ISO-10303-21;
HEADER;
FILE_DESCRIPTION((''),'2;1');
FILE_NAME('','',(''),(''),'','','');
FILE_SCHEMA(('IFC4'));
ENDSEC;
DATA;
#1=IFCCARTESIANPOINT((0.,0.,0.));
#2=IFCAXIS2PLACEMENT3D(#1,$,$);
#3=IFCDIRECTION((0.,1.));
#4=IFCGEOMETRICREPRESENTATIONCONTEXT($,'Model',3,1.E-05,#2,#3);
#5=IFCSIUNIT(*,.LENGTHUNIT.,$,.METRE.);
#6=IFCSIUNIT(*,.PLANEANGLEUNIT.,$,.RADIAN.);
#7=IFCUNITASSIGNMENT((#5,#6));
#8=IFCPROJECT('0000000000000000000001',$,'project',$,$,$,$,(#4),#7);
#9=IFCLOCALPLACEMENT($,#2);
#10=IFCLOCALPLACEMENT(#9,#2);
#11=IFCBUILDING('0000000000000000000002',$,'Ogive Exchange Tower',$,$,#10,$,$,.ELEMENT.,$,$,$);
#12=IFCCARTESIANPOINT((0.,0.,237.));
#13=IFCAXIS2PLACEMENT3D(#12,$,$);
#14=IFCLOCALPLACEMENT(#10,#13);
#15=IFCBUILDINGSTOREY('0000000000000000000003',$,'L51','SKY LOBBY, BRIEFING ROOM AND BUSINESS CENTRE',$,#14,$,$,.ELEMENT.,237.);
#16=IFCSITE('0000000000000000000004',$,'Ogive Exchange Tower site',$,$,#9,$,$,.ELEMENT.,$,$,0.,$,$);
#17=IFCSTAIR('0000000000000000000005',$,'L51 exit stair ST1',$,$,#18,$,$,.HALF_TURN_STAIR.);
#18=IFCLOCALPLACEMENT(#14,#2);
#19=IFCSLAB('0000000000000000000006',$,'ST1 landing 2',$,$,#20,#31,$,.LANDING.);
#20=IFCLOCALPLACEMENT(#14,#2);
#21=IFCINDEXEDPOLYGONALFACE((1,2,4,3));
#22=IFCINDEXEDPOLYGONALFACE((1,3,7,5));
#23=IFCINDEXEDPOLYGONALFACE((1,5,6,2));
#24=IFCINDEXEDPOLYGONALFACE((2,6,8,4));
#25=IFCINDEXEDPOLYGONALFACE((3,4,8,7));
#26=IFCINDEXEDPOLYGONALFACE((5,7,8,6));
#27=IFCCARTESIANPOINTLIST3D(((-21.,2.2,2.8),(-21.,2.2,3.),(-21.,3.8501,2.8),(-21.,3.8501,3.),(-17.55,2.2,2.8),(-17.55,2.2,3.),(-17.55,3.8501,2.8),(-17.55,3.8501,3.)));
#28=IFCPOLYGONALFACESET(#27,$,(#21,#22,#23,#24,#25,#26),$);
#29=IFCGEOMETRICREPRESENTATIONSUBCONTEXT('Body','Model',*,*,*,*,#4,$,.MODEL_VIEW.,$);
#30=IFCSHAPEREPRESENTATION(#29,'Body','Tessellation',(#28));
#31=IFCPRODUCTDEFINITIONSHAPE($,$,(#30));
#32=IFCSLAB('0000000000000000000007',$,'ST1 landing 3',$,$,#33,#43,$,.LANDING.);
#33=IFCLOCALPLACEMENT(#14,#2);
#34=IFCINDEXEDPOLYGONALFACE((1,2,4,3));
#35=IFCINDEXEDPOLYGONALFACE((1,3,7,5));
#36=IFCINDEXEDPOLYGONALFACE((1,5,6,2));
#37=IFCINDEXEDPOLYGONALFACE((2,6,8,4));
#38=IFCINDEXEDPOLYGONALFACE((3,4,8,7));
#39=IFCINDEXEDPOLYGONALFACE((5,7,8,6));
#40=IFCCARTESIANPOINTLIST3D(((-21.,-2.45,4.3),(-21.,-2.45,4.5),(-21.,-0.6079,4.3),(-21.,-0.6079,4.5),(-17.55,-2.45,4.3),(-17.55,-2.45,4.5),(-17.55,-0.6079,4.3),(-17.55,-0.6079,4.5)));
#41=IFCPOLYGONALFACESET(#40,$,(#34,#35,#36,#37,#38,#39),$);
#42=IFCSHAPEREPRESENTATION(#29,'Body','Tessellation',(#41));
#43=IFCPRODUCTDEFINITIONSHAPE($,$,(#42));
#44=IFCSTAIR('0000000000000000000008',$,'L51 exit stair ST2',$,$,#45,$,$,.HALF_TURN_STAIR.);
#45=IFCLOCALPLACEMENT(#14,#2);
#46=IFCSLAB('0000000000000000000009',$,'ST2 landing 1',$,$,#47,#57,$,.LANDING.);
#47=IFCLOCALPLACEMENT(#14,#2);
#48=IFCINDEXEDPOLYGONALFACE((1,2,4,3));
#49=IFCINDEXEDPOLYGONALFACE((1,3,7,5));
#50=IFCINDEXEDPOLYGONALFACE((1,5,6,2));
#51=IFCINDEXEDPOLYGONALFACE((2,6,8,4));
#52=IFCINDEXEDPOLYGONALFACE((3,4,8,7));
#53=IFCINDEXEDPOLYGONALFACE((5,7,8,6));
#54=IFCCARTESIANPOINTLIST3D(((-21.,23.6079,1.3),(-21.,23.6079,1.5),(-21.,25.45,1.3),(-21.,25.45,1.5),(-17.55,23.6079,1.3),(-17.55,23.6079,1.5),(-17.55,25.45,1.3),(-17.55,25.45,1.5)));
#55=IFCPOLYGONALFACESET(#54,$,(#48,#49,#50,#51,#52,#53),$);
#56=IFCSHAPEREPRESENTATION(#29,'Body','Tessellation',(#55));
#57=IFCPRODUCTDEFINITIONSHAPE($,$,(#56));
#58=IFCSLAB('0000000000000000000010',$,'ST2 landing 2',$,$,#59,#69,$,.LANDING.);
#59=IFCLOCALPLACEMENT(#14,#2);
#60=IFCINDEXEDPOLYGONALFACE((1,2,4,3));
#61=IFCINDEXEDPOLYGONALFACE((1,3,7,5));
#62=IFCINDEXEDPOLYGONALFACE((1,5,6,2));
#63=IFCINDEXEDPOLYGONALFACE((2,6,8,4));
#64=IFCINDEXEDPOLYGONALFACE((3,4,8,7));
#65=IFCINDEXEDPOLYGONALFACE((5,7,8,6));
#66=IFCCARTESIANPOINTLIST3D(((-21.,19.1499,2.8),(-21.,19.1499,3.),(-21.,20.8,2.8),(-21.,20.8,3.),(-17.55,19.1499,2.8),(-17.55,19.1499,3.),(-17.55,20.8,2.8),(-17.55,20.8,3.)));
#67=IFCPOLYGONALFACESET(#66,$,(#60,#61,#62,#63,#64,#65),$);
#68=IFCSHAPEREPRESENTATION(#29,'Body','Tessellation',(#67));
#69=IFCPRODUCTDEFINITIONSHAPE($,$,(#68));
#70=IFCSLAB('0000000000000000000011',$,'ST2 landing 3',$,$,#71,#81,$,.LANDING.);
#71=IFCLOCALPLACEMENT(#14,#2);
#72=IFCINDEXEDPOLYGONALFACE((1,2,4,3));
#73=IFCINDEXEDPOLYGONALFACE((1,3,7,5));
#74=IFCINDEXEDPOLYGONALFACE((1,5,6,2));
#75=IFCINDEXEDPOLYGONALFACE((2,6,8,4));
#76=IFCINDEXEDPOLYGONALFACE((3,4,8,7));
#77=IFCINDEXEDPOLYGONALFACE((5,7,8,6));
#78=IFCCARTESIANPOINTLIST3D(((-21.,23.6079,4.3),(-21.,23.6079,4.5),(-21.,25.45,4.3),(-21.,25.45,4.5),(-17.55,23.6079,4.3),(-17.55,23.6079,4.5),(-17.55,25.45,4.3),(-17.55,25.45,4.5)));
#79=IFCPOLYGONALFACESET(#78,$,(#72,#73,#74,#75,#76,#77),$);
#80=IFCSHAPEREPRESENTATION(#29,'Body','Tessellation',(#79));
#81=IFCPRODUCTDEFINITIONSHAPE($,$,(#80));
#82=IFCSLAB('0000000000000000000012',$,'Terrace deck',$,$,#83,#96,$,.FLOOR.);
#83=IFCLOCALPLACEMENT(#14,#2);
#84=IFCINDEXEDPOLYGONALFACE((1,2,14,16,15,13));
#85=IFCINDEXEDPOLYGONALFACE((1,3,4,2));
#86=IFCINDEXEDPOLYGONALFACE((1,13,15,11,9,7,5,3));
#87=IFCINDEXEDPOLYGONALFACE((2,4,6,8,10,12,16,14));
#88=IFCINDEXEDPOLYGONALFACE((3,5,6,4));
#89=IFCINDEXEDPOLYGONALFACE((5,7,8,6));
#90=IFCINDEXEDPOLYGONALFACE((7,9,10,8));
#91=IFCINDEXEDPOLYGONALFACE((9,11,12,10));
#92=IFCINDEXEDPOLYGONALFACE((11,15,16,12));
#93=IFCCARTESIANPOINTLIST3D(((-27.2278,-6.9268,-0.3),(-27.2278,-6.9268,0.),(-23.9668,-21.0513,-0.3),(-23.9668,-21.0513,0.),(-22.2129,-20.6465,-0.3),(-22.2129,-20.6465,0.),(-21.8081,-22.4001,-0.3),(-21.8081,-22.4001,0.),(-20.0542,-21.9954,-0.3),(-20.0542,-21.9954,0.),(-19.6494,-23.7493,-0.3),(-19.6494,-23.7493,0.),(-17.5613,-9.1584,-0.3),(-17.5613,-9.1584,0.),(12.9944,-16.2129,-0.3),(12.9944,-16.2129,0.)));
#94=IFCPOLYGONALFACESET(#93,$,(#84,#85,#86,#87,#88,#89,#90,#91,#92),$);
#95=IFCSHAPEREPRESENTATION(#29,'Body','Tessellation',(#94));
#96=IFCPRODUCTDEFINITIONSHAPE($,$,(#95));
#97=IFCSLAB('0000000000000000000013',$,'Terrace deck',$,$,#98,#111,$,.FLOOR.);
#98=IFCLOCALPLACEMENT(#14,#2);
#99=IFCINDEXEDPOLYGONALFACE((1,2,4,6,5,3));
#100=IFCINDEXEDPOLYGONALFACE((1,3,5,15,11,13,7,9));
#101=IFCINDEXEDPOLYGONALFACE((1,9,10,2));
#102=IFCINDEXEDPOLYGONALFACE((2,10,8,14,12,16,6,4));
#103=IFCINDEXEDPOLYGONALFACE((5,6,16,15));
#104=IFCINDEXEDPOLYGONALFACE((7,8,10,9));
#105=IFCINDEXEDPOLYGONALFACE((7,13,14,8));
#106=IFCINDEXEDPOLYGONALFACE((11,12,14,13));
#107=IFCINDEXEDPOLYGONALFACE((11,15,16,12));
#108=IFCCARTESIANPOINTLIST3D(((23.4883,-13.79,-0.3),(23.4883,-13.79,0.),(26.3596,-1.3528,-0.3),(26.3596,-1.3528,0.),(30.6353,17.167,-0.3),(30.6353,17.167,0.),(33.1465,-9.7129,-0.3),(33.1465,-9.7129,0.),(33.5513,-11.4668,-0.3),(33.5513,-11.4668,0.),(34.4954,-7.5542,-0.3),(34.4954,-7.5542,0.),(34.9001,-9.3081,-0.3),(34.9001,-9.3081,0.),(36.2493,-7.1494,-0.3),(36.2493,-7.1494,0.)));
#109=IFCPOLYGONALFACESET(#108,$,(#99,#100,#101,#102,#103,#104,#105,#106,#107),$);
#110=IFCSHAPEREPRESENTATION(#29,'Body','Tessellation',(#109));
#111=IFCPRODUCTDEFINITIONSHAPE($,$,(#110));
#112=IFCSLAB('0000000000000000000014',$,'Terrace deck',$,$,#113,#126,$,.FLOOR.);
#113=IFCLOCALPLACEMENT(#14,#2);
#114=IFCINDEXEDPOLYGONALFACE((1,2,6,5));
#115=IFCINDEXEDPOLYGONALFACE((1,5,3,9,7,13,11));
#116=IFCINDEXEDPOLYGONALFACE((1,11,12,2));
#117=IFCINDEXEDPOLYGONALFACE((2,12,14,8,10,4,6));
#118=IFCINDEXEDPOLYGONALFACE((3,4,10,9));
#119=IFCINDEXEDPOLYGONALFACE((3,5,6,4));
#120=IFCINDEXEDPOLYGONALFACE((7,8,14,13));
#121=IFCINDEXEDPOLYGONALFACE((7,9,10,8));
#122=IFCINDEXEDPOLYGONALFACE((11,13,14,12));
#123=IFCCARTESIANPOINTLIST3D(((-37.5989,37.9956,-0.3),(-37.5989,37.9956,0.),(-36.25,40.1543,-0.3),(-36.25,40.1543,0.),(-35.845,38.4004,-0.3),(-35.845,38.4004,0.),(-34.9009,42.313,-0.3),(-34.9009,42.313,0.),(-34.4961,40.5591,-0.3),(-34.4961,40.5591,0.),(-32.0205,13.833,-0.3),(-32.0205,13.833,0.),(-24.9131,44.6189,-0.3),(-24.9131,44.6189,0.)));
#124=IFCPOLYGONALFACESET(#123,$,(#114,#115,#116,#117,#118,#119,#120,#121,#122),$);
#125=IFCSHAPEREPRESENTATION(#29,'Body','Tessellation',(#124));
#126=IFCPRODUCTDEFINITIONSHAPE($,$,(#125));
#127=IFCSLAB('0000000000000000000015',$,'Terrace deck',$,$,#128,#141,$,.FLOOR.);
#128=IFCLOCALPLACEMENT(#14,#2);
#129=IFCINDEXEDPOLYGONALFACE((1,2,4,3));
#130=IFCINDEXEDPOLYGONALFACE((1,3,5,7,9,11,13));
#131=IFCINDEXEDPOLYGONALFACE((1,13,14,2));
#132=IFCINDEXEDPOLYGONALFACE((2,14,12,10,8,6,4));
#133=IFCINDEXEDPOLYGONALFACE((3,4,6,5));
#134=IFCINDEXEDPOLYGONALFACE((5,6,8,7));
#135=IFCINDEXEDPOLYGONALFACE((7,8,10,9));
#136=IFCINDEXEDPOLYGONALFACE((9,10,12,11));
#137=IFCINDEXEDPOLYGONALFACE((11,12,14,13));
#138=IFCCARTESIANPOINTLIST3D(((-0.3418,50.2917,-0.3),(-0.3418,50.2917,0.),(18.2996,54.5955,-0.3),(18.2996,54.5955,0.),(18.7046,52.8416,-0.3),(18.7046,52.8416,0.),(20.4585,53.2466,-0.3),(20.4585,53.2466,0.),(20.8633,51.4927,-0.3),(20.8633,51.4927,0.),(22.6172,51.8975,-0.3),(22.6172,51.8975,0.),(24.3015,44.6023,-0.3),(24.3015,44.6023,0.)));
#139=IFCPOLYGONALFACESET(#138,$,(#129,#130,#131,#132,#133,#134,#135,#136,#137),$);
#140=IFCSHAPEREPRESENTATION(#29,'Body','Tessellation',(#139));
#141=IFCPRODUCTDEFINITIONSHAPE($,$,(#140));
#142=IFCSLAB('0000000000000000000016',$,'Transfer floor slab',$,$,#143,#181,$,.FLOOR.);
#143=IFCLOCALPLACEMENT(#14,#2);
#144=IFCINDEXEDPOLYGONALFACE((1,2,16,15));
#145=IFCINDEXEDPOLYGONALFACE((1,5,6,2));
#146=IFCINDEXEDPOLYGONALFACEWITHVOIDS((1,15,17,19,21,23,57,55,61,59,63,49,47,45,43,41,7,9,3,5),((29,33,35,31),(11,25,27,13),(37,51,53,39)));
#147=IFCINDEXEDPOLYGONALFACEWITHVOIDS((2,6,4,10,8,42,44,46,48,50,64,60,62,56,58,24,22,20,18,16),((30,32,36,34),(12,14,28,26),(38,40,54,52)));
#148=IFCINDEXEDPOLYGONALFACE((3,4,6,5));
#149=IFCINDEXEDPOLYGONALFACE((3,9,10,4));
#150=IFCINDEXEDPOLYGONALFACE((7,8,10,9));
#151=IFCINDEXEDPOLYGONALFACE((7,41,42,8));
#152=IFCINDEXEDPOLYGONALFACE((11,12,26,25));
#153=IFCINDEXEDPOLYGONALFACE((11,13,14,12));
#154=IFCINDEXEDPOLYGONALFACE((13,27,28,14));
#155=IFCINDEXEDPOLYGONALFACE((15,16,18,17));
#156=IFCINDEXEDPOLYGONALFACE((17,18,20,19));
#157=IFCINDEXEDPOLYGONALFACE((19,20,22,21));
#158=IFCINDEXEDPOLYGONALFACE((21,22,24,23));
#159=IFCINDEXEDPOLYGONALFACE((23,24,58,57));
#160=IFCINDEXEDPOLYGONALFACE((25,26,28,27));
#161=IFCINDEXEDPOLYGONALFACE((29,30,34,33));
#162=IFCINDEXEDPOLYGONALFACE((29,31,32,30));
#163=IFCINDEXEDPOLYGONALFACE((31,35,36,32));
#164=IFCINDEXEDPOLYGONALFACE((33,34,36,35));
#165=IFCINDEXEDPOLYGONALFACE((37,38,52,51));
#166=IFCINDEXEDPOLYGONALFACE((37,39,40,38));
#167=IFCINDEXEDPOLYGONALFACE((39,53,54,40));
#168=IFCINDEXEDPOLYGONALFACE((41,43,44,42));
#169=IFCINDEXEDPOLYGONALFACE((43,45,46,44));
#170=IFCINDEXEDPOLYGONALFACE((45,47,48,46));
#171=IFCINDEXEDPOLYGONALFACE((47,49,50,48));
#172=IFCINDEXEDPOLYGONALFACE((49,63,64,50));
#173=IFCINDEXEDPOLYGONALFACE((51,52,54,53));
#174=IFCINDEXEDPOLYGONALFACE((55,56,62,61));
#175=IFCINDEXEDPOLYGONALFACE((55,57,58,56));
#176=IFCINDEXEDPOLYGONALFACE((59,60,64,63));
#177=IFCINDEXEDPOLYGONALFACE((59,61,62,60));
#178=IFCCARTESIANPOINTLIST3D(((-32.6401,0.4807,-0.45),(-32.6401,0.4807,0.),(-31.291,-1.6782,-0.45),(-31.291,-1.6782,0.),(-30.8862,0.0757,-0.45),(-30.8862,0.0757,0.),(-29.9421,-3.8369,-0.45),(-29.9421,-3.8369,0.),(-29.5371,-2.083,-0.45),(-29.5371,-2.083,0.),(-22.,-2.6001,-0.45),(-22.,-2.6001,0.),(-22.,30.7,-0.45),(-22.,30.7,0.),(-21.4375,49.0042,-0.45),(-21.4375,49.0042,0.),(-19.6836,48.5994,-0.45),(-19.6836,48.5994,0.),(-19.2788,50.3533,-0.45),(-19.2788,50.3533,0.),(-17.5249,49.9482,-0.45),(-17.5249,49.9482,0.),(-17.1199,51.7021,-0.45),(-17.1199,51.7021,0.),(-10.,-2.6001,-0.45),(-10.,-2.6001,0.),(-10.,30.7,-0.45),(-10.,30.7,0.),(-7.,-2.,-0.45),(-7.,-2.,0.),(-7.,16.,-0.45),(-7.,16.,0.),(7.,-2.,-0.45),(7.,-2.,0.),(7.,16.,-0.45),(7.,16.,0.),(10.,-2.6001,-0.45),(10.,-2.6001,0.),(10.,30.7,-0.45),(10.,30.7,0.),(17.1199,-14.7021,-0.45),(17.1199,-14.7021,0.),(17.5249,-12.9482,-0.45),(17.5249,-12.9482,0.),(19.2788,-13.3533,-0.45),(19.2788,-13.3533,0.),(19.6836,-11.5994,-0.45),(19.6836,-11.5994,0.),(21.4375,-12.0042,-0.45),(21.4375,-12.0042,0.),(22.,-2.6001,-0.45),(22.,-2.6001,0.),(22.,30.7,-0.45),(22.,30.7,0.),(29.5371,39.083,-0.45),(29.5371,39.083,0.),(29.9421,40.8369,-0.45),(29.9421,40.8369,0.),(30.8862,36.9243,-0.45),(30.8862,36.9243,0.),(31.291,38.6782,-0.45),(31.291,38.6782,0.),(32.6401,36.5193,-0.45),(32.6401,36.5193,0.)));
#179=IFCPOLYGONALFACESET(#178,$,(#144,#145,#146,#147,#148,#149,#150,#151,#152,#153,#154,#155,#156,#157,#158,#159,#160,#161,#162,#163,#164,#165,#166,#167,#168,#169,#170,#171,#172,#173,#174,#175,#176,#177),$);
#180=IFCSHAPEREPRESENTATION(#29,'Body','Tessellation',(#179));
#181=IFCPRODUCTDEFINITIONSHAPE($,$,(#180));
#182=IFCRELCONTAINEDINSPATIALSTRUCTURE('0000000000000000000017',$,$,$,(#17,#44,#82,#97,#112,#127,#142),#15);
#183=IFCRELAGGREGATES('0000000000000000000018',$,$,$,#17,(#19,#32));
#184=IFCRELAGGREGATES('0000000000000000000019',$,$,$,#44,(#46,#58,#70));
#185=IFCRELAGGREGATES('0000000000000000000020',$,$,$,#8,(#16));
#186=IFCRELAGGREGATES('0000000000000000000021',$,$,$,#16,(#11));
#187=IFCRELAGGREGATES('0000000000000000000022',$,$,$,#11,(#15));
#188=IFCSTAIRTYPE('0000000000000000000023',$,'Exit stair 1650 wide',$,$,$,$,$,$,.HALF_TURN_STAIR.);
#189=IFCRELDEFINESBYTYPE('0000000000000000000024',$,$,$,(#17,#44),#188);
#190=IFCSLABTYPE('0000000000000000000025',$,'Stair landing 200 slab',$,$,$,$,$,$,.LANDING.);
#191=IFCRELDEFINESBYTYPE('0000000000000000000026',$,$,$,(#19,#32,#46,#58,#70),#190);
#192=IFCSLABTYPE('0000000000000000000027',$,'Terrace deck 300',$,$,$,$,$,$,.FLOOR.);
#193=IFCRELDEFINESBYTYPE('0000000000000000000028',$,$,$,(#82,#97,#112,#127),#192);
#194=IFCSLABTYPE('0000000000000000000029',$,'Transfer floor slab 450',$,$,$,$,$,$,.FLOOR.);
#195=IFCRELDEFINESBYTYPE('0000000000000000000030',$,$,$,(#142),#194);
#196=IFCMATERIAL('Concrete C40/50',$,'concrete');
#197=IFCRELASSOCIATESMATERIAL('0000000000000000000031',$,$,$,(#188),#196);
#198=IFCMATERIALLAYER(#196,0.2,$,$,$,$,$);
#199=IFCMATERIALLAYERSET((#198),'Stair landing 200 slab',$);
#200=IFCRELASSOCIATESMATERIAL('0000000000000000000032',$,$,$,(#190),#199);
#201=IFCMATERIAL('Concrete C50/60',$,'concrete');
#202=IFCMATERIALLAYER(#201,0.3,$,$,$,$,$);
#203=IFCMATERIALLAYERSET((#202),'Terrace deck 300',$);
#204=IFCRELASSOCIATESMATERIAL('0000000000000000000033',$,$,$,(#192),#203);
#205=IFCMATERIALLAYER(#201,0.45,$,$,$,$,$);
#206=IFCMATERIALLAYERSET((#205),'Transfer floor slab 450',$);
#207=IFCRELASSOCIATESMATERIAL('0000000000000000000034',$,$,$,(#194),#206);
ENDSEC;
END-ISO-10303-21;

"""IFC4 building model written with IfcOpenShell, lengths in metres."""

from ifc_helpers import new_model, si_unit, direction, frame, origin, place, context, subcontext, project, spatial, polyline, outline, extrude, material, layer, layer_set, type_object, element, aggregate, save


model = new_model("IFC4")

# Units and contexts
model_context = context("Model", 3, precision=1e-05, world=origin(), true_north=direction((0.0, 1.0)))
body_context = subcontext(model_context, "Body", "Model", "MODEL_VIEW")
ifc_project = project(units=[si_unit("LENGTHUNIT", "METRE"), si_unit("PLANEANGLEUNIT", "RADIAN")], contexts=[model_context])

# Site, building, storey
site_placement = place(None, origin())
site = spatial("IfcSite", under=ifc_project, at=site_placement, Name="Ogive Exchange Tower site", CompositionType="ELEMENT", RefElevation=0.0)
building_placement = place(site_placement, origin())
building = spatial("IfcBuilding", under=site, at=building_placement, Name="Ogive Exchange Tower", CompositionType="ELEMENT")
storey_placement = place(building_placement, frame((0.0, 0.0, 237.0)))
storey = spatial("IfcBuildingStorey", under=building, at=storey_placement, Name="L51", Description="SKY LOBBY, BRIEFING ROOM AND BUSINESS CENTRE", CompositionType="ELEMENT", Elevation=237.0)

# Shared definitions
ifc_material_1 = material(Name="Concrete C50/60", Category="concrete")

# Stairs, slabs
ifc_material_2 = material(Name="Concrete C40/50", Category="concrete")
stair_type = type_object("IfcStairType", Name="Exit stair 1650 wide", PredefinedType="HALF_TURN_STAIR", material=ifc_material_2)
stair_1_placement = place(storey_placement, origin())
stair_1 = element("IfcStair", 1, at=stair_1_placement, inside=storey, type_object=stair_type, Name="L51 exit stair ST1", PredefinedType="HALF_TURN_STAIR")
ifc_layer_1 = layer(ifc_material_2, 0.2)
ifc_layer_set_1 = layer_set([ifc_layer_1], Name="Stair landing 200 slab")
slab_type_1 = type_object("IfcSlabType", Name="Stair landing 200 slab", PredefinedType="LANDING", material=ifc_layer_set_1)
slab_1_placement = place(storey_placement, frame((0.0, 0.0, 2.8)))
slab_1 = element("IfcSlab", 2, at=slab_1_placement, type_object=slab_type_1, Name="ST1 landing 2", PredefinedType="LANDING", context=body_context, shape_type="SweptSolid", body=[
    extrude(outline(polyline([(-21.0, 3.8501), (-21.0, 2.2), (-17.55, 2.2), (-17.55, 3.8501), (-21.0, 3.8501)])), origin(), (0.0, 0.0, 1.0), 0.2),
])
slab_2_placement = place(storey_placement, frame((0.0, 0.0, 4.3)))
slab_2 = element("IfcSlab", 3, at=slab_2_placement, type_object=slab_type_1, Name="ST1 landing 3", PredefinedType="LANDING", context=body_context, shape_type="SweptSolid", body=[
    extrude(outline(polyline([(-21.0, -0.6079), (-21.0, -2.45), (-17.55, -2.45), (-17.55, -0.6079), (-21.0, -0.6079)])), origin(), (0.0, 0.0, 1.0), 0.2),
])
aggregate(stair_1, [slab_1, slab_2])
stair_2_placement = place(storey_placement, origin())
stair_2 = element("IfcStair", 4, at=stair_2_placement, inside=storey, type_object=stair_type, Name="L51 exit stair ST2", PredefinedType="HALF_TURN_STAIR")
slab_3_placement = place(storey_placement, frame((0.0, 0.0, 1.3)))
slab_3 = element("IfcSlab", 5, at=slab_3_placement, type_object=slab_type_1, Name="ST2 landing 1", PredefinedType="LANDING", context=body_context, shape_type="SweptSolid", body=[
    extrude(outline(polyline([(-17.55, 23.6079), (-17.55, 25.45), (-21.0, 25.45), (-21.0, 23.6079), (-17.55, 23.6079)])), origin(), (0.0, 0.0, 1.0), 0.2),
])
slab_4_placement = place(storey_placement, frame((0.0, 0.0, 2.8)))
slab_4 = element("IfcSlab", 6, at=slab_4_placement, type_object=slab_type_1, Name="ST2 landing 2", PredefinedType="LANDING", context=body_context, shape_type="SweptSolid", body=[
    extrude(outline(polyline([(-17.55, 19.1499), (-17.55, 20.8), (-21.0, 20.8), (-21.0, 19.1499), (-17.55, 19.1499)])), origin(), (0.0, 0.0, 1.0), 0.2),
])
slab_5_placement = place(storey_placement, frame((0.0, 0.0, 4.3)))
slab_5 = element("IfcSlab", 7, at=slab_5_placement, type_object=slab_type_1, Name="ST2 landing 3", PredefinedType="LANDING", context=body_context, shape_type="SweptSolid", body=[
    extrude(outline(polyline([(-17.55, 23.6079), (-17.55, 25.45), (-21.0, 25.45), (-21.0, 23.6079), (-17.55, 23.6079)])), origin(), (0.0, 0.0, 1.0), 0.2),
])
aggregate(stair_2, [slab_3, slab_4, slab_5])

# Slabs
ifc_layer_2 = layer(ifc_material_1, 0.3)
ifc_layer_set_2 = layer_set([ifc_layer_2], Name="Terrace deck 300")
slab_type_2 = type_object("IfcSlabType", Name="Terrace deck 300", PredefinedType="FLOOR", material=ifc_layer_set_2)
slab_6_placement = place(storey_placement, frame((0.0, 0.0, -0.3)))
element("IfcSlab", 8, at=slab_6_placement, inside=storey, type_object=slab_type_2, Name="Terrace deck", PredefinedType="FLOOR", context=body_context, shape_type="SweptSolid", body=[
    extrude(outline(polyline([(-20.0542, -21.9954), (-21.8081, -22.4001), (-22.2129, -20.6465), (-23.9668, -21.0513), (-27.2278, -6.9268), (-17.5613, -9.1584), (12.9944, -16.2129), (-19.6494, -23.7493), (-20.0542, -21.9954)])), origin(), (0.0, 0.0, 1.0), 0.3),
])
slab_7_placement = place(storey_placement, frame((0.0, 0.0, -0.3)))
element("IfcSlab", 9, at=slab_7_placement, inside=storey, type_object=slab_type_2, Name="Terrace deck", PredefinedType="FLOOR", context=body_context, shape_type="SweptSolid", body=[
    extrude(outline(polyline([(34.4954, -7.5542), (34.9001, -9.3081), (33.1465, -9.7129), (33.5513, -11.4668), (23.4883, -13.79), (26.3596, -1.3528), (30.6353, 17.167), (36.2493, -7.1494), (34.4954, -7.5542)])), origin(), (0.0, 0.0, 1.0), 0.3),
])
slab_8_placement = place(storey_placement, frame((0.0, 0.0, -0.3)))
element("IfcSlab", 10, at=slab_8_placement, inside=storey, type_object=slab_type_2, Name="Terrace deck", PredefinedType="FLOOR", context=body_context, shape_type="SweptSolid", body=[
    extrude(outline(polyline([(-35.845, 38.4004), (-36.25, 40.1543), (-34.4961, 40.5591), (-34.9009, 42.313), (-24.9131, 44.6189), (-32.0205, 13.833), (-37.5989, 37.9956), (-35.845, 38.4004)])), origin(), (0.0, 0.0, 1.0), 0.3),
])
slab_9_placement = place(storey_placement, frame((0.0, 0.0, -0.3)))
element("IfcSlab", 11, at=slab_9_placement, inside=storey, type_object=slab_type_2, Name="Terrace deck", PredefinedType="FLOOR", context=body_context, shape_type="SweptSolid", body=[
    extrude(outline(polyline([(18.7046, 52.8416), (20.4585, 53.2466), (20.8633, 51.4927), (22.6172, 51.8975), (24.3015, 44.6023), (-0.3418, 50.2917), (18.2996, 54.5955), (18.7046, 52.8416)])), origin(), (0.0, 0.0, 1.0), 0.3),
])
ifc_layer_3 = layer(ifc_material_1, 0.45)
ifc_layer_set_3 = layer_set([ifc_layer_3], Name="Transfer floor slab 450")
slab_type_3 = type_object("IfcSlabType", Name="Transfer floor slab 450", PredefinedType="FLOOR", material=ifc_layer_set_3)
slab_10_placement = place(storey_placement, frame((0.0, 0.0, -0.45)))
element("IfcSlab", 12, at=slab_10_placement, inside=storey, type_object=slab_type_3, Name="Transfer floor slab", PredefinedType="FLOOR", context=body_context, shape_type="SweptSolid", body=[
    extrude(outline(polyline([(-29.5371, -2.083), (-31.291, -1.6782), (-30.8862, 0.0757), (-32.6401, 0.4807), (-21.4375, 49.0042), (-19.6836, 48.5994), (-19.2788, 50.3533), (-17.5249, 49.9482), (-17.1199, 51.7021), (29.9421, 40.8369), (29.5371, 39.083), (31.291, 38.6782), (30.8862, 36.9243), (32.6401, 36.5193), (21.4375, -12.0042), (19.6836, -11.5994), (19.2788, -13.3533), (17.5249, -12.9482), (17.1199, -14.7021), (-29.9421, -3.8369), (-29.5371, -2.083)]), holes=[polyline([(7.0, -2.0), (7.0, 16.0), (-7.0, 16.0), (-7.0, -2.0), (7.0, -2.0)]), polyline([(-22.0, -2.6001), (-10.0, -2.6001), (-10.0, 30.7), (-22.0, 30.7), (-22.0, -2.6001)]), polyline([(10.0, -2.6001), (22.0, -2.6001), (22.0, 30.7), (10.0, 30.7), (10.0, -2.6001)])]), origin(), (0.0, 0.0, 1.0), 0.45),
])

save(model, "model.ifc")
